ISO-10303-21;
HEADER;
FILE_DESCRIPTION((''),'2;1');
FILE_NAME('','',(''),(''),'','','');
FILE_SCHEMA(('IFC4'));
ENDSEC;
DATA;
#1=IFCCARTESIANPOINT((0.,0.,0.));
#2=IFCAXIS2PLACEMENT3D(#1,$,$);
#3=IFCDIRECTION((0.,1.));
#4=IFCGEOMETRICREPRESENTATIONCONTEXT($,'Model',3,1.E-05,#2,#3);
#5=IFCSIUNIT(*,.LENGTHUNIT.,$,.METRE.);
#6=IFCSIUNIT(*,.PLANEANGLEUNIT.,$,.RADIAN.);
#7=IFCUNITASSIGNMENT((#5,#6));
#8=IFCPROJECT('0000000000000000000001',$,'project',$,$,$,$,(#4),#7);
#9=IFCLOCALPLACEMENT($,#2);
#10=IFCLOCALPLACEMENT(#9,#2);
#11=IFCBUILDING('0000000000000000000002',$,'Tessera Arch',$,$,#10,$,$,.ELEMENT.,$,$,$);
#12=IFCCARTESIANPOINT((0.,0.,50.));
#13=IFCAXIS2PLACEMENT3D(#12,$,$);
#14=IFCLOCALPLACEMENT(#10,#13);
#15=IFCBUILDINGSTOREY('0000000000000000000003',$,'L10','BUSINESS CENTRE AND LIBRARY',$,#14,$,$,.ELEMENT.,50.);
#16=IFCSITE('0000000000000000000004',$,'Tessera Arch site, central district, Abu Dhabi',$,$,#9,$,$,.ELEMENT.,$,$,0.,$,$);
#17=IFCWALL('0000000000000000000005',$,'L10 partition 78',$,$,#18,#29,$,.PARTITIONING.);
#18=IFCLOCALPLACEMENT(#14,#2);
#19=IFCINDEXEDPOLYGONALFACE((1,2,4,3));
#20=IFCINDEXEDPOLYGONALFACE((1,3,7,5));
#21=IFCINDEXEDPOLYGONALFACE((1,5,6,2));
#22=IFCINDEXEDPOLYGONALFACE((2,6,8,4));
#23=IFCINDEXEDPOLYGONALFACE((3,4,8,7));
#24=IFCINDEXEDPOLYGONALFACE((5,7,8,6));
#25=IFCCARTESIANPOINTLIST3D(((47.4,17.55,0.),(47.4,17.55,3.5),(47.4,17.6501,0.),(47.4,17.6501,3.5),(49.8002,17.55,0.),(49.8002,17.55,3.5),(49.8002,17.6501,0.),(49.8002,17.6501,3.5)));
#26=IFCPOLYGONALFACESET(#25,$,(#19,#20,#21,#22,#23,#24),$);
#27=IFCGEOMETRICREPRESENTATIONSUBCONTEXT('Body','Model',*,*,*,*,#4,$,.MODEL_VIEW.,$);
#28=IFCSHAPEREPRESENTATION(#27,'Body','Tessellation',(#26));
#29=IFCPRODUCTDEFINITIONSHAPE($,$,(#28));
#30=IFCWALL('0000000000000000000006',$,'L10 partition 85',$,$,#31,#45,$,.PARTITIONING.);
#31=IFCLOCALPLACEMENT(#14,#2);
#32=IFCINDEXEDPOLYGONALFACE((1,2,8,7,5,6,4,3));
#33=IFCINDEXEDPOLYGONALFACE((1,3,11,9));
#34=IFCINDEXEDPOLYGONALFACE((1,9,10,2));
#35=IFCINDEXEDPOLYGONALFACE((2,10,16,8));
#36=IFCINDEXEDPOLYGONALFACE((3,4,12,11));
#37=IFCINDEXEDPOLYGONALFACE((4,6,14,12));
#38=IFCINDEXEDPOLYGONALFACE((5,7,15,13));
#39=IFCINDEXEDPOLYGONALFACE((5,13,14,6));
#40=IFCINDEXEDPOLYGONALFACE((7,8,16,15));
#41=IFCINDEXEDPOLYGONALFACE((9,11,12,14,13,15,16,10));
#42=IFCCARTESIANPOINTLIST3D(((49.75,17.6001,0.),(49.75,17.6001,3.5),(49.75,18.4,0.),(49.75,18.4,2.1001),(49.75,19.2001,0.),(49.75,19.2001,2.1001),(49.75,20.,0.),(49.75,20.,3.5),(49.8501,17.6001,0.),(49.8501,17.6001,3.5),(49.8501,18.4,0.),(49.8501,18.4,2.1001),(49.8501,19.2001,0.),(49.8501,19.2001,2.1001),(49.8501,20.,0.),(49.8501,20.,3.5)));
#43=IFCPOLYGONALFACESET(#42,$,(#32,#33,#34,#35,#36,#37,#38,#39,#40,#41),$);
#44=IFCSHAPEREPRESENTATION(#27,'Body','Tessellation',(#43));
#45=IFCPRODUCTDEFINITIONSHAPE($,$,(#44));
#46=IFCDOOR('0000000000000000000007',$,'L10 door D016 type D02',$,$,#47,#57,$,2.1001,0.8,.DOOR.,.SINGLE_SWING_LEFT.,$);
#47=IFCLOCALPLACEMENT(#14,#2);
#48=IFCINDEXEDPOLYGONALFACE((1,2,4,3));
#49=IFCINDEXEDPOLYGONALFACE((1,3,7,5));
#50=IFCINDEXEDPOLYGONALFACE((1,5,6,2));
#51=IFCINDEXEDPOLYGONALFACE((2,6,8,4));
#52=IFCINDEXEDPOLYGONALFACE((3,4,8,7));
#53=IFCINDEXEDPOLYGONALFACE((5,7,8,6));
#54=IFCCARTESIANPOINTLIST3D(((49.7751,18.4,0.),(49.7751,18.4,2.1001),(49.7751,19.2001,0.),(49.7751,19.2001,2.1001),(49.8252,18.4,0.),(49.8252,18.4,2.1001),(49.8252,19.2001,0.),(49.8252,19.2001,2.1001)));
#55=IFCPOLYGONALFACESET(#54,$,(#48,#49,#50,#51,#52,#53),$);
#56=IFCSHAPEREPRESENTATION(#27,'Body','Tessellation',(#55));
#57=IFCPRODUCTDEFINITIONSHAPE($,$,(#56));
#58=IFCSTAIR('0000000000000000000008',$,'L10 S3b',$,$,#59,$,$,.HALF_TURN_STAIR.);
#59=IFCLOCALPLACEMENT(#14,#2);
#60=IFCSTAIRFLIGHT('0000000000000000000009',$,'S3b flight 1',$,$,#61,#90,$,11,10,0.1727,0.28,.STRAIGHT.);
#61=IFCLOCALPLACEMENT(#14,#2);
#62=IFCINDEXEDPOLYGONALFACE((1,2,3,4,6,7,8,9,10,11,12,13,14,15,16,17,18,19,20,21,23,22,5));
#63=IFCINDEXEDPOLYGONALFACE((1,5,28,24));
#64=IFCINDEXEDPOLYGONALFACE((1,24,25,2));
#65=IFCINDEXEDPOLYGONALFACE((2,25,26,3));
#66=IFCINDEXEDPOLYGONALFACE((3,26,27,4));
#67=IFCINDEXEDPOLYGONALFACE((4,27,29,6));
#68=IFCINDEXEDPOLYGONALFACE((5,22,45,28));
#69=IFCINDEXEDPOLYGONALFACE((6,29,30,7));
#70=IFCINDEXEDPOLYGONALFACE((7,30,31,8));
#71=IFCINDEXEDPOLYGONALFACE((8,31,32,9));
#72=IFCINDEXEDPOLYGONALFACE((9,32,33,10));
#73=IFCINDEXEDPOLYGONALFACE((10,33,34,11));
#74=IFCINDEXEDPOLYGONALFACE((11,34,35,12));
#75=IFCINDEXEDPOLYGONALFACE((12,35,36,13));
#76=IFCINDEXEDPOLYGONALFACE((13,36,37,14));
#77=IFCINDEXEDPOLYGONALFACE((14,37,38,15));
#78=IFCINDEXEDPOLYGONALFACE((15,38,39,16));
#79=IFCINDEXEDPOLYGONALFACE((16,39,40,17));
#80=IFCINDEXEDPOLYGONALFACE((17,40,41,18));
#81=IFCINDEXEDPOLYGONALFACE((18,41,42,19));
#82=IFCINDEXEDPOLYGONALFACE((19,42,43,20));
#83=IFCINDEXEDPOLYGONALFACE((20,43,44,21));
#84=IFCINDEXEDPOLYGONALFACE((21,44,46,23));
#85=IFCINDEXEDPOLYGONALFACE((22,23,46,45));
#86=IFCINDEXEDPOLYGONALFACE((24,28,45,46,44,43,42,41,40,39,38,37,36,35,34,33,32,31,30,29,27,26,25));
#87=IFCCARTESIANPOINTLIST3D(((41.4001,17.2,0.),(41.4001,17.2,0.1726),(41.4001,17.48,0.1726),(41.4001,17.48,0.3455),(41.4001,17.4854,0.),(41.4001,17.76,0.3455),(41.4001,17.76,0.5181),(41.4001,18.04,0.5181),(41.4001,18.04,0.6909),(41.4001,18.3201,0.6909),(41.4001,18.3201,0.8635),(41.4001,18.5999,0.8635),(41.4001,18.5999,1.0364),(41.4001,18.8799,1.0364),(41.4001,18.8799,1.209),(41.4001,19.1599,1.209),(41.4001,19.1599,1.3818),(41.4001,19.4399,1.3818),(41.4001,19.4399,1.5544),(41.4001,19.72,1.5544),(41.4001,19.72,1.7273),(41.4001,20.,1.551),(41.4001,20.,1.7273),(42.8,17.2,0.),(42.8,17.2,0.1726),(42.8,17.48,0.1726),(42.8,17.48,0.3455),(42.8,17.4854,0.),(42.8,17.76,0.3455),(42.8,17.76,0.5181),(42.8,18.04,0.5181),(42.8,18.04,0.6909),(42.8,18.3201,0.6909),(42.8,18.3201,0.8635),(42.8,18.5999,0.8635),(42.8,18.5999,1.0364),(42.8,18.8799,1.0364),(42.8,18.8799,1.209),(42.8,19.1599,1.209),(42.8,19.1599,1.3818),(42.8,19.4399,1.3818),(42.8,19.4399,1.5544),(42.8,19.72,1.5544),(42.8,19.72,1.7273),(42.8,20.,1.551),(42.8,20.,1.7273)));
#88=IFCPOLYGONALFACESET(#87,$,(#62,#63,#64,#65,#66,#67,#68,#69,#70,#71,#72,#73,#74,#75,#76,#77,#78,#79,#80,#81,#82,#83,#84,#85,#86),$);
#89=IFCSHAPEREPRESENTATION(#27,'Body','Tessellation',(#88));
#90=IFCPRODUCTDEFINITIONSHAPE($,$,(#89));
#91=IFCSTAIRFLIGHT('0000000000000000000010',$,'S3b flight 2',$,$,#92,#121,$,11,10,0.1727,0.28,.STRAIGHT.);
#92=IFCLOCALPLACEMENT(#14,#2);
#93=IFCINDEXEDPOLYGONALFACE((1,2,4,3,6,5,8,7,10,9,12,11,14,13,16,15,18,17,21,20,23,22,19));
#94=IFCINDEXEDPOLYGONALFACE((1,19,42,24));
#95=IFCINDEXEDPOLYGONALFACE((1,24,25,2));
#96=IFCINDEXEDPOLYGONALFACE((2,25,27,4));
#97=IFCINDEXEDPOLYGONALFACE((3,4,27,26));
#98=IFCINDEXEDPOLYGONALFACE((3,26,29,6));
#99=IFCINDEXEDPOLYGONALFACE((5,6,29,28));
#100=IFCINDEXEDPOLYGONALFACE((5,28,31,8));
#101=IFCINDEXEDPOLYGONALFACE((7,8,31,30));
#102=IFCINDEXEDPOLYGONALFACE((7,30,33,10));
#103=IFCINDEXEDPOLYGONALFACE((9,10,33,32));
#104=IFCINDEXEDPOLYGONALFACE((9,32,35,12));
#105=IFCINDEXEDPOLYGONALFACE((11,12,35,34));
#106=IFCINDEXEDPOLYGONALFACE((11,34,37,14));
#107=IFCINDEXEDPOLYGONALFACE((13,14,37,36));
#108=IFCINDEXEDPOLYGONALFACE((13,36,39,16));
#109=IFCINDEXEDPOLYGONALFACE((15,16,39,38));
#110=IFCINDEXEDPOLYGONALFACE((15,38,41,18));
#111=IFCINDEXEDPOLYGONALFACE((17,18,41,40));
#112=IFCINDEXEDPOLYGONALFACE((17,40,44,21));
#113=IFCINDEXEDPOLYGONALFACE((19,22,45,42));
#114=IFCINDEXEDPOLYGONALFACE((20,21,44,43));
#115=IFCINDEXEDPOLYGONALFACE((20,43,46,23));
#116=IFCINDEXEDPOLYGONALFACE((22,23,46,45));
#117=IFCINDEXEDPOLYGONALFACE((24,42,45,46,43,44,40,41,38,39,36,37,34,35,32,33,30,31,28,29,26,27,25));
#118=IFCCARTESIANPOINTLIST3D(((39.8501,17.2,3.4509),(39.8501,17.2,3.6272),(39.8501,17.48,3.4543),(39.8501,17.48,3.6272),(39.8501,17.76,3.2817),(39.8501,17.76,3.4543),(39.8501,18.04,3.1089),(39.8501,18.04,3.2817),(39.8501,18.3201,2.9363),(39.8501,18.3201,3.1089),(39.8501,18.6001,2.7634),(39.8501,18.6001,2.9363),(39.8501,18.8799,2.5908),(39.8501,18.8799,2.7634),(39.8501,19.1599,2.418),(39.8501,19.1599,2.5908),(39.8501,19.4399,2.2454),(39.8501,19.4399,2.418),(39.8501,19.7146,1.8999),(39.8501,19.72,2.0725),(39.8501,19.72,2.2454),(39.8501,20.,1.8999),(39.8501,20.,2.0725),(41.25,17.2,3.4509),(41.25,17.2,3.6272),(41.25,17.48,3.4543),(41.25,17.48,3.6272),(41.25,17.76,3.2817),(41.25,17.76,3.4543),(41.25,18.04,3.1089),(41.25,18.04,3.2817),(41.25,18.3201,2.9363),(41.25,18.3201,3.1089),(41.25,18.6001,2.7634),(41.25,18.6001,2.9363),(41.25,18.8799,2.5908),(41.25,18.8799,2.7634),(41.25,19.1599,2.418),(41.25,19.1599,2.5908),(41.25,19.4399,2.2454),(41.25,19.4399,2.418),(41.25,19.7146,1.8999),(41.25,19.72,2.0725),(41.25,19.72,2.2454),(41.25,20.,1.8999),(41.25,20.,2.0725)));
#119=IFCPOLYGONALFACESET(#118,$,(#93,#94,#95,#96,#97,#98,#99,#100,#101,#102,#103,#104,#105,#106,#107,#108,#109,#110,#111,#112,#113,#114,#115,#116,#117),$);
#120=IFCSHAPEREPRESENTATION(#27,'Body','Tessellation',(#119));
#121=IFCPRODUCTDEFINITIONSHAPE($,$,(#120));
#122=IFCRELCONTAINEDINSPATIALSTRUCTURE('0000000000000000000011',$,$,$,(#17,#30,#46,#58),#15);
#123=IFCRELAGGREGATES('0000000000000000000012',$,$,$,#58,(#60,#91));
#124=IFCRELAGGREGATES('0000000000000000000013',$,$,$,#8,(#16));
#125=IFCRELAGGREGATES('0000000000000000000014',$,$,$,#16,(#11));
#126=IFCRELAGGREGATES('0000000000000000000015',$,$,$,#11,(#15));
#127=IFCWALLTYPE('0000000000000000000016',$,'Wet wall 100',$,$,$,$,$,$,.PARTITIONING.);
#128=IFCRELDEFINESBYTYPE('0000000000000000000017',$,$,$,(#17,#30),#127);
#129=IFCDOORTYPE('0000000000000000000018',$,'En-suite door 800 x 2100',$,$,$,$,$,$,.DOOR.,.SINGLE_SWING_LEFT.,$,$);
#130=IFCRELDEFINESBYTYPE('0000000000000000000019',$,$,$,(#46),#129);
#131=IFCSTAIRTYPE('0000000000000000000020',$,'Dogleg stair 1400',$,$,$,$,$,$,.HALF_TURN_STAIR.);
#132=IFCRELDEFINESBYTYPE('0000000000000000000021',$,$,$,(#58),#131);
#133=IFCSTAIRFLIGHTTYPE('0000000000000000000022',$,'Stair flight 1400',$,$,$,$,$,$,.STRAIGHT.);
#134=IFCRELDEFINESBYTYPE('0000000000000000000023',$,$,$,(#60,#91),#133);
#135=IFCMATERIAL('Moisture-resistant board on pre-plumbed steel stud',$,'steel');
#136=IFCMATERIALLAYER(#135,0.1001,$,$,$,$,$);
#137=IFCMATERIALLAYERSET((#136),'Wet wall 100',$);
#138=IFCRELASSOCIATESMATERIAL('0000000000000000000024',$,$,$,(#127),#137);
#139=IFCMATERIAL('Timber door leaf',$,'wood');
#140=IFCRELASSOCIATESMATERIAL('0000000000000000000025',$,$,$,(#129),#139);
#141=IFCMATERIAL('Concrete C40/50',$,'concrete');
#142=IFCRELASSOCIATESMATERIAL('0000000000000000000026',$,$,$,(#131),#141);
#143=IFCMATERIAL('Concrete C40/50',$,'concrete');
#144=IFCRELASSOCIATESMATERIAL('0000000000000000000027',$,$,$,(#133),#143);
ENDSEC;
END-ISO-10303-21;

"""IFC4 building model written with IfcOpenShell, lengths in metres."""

from ifc_helpers import new_model, si_unit, direction, frame, frame_2d, origin, place, context, subcontext, project, spatial, polyline, rectangle, outline, extrude, material, layer, layer_set, type_object, element, fill, aggregate, save


model = new_model("IFC4")

# Units and contexts
model_context = context("Model", 3, precision=1e-05, world=origin(), true_north=direction((0.0, 1.0)))
body_context = subcontext(model_context, "Body", "Model", "MODEL_VIEW")
ifc_project = project(units=[si_unit("LENGTHUNIT", "METRE"), si_unit("PLANEANGLEUNIT", "RADIAN")], contexts=[model_context])

# Site, building, storey
site_placement = place(None, origin())
site = spatial("IfcSite", under=ifc_project, at=site_placement, Name="Tessera Arch site, central district, Abu Dhabi", CompositionType="ELEMENT", RefElevation=0.0)
building_placement = place(site_placement, origin())
building = spatial("IfcBuilding", under=site, at=building_placement, Name="Tessera Arch", CompositionType="ELEMENT")
storey_placement = place(building_placement, frame((0.0, 0.0, 50.0)))
storey = spatial("IfcBuildingStorey", under=building, at=storey_placement, Name="L10", Description="BUSINESS CENTRE AND LIBRARY", CompositionType="ELEMENT", Elevation=50.0)

# Wall
ifc_material_1 = material(Name="Moisture-resistant board on pre-plumbed steel stud", Category="steel")
ifc_layer_1 = layer(ifc_material_1, 0.1001)
ifc_layer_set_1 = layer_set([ifc_layer_1], Name="Wet wall 100")
wall_type_1 = type_object("IfcWallType", Name="Wet wall 100", PredefinedType="PARTITIONING", material=ifc_layer_set_1)
wall_1_placement = place(storey_placement, frame((47.3999, 17.6001, 0.0), z_axis=(0.0, 0.0, 1.0), x_axis=(1.0, 0.0, 0.0)))
element("IfcWall", 1, at=wall_1_placement, inside=storey, type_object=wall_type_1, Name="L10 partition 78", PredefinedType="PARTITIONING", context=body_context, shape_type="SweptSolid", body=[
    extrude(rectangle(XDim=2.4001, YDim=0.1001, at=frame_2d((1.2002, 0.0))), origin(), (0.0, 0.0, 1.0), 3.5),
])

# Wall, opening, door
wall_2_placement = place(storey_placement, frame((49.8, 17.6001, 0.0), z_axis=(0.0, 0.0, 1.0), x_axis=(0.0, 1.0, 0.0)))
wall_2 = element("IfcWall", 2, at=wall_2_placement, inside=storey, type_object=wall_type_1, Name="L10 partition 85", PredefinedType="PARTITIONING", context=body_context, shape_type="SweptSolid", body=[
    extrude(rectangle(XDim=2.3999, YDim=0.1001, at=frame_2d((1.2, 0.0))), origin(), (0.0, 0.0, 1.0), 3.5),
])
opening_1_placement = place(wall_2_placement, frame((0.8, 0.0, 0.0)))
opening_1 = element("IfcOpeningElement", 3, at=opening_1_placement, cuts=wall_2, PredefinedType="OPENING", context=body_context, shape_type="SweptSolid", body=[
    extrude(rectangle(XDim=0.8, YDim=2.1001, at=frame_2d((0.3999, 1.05))), frame((0.0, 0.0601, 0.0), z_axis=(0.0, -1.0, 0.0), x_axis=(1.0, 0.0, 0.0)), (0.0, 0.0, 1.0), 0.1201),
])
ifc_material_2 = material(Name="Timber door leaf", Category="wood")
door_type_1 = type_object("IfcDoorType", Name="En-suite door 800 x 2100", OperationType="SINGLE_SWING_LEFT", PredefinedType="DOOR", material=ifc_material_2)
door_1_placement = place(opening_1_placement, origin())
door_1 = element("IfcDoor", 4, at=door_1_placement, inside=storey, type_object=door_type_1, Name="L10 door D016 type D02", OperationType="SINGLE_SWING_LEFT", OverallHeight=2.1001, OverallWidth=0.8, PredefinedType="DOOR", context=body_context, shape_type="SweptSolid", body=[
    extrude(rectangle(XDim=0.8, YDim=2.1001, at=frame_2d((0.3999, 1.05))), frame((0.0, 0.0249, 0.0), z_axis=(0.0, -1.0, 0.0), x_axis=(1.0, 0.0, 0.0)), (0.0, 0.0, 1.0), 0.05),
])
fill(opening_1, door_1)

# Stair, stair flights
ifc_material_3 = material(Name="Concrete C40/50", Category="concrete")
stair_type = type_object("IfcStairType", Name="Dogleg stair 1400", PredefinedType="HALF_TURN_STAIR", material=ifc_material_3)
stair_placement = place(storey_placement, origin())
stair = element("IfcStair", 5, at=stair_placement, inside=storey, type_object=stair_type, Name="L10 S3b", PredefinedType="HALF_TURN_STAIR")
ifc_material_4 = material(Name="Concrete C40/50", Category="concrete")
stair_flight_type = type_object("IfcStairFlightType", Name="Stair flight 1400", PredefinedType="STRAIGHT", material=ifc_material_4)
stair_flight_1_placement = place(storey_placement, frame((42.1001, 17.2, 0.0), z_axis=(0.0, 0.0, 1.0), x_axis=(0.0, 1.0, 0.0)))
stair_flight_1 = element("IfcStairFlight", 6, at=stair_flight_1_placement, type_object=stair_flight_type, Name="S3b flight 1", NumberOfRisers=11, NumberOfTreads=10, PredefinedType="STRAIGHT", RiserHeight=0.1727, TreadLength=0.28, context=body_context, shape_type="SweptSolid", body=[
    extrude(outline(polyline([(0.0, 0.0), (0.0, 0.1726), (0.28, 0.1726), (0.28, 0.3455), (0.5601, 0.3455), (0.5601, 0.5181), (0.8401, 0.5181), (0.8401, 0.6909), (1.1201, 0.6909), (1.1201, 0.8635), (1.3999, 0.8635), (1.3999, 1.0364), (1.6799, 1.0364), (1.6799, 1.209), (1.96, 1.209), (1.96, 1.3818), (2.24, 1.3818), (2.24, 1.5544), (2.52, 1.5544), (2.52, 1.7273), (2.8, 1.7273), (2.8, 1.8999), (2.8, 1.551), (0.2854, 0.0), (0.0, 0.0)])), frame((0.0, 0.7, 0.0), z_axis=(0.0, -1.0, 0.0), x_axis=(1.0, 0.0, 0.0)), (0.0, 0.0, 1.0), 1.3999),
])
stair_flight_2_placement = place(storey_placement, frame((40.55, 20.0, 1.8999), z_axis=(0.0, 0.0, 1.0), x_axis=(0.0, -1.0, 0.0)))
stair_flight_2 = element("IfcStairFlight", 7, at=stair_flight_2_placement, type_object=stair_flight_type, Name="S3b flight 2", NumberOfRisers=11, NumberOfTreads=10, PredefinedType="STRAIGHT", RiserHeight=0.1727, TreadLength=0.28, context=body_context, shape_type="SweptSolid", body=[
    extrude(outline(polyline([(0.0, 0.0), (0.0, 0.1726), (0.28, 0.1726), (0.28, 0.3455), (0.5601, 0.3455), (0.5601, 0.5181), (0.8401, 0.5181), (0.8401, 0.6909), (1.1201, 0.6909), (1.1201, 0.8635), (1.3999, 0.8635), (1.3999, 1.0364), (1.6799, 1.0364), (1.6799, 1.209), (1.96, 1.209), (1.96, 1.3818), (2.24, 1.3818), (2.24, 1.5544), (2.52, 1.5544), (2.52, 1.7273), (2.8, 1.7273), (2.8, 1.8999), (2.8, 1.551), (0.2854, 0.0), (0.0, 0.0)])), frame((0.0, 0.7, 0.0), z_axis=(0.0, -1.0, 0.0), x_axis=(1.0, 0.0, 0.0)), (0.0, 0.0, 1.0), 1.3999),
])
aggregate(stair, [stair_flight_1, stair_flight_2])

save(model, "model.ifc")
